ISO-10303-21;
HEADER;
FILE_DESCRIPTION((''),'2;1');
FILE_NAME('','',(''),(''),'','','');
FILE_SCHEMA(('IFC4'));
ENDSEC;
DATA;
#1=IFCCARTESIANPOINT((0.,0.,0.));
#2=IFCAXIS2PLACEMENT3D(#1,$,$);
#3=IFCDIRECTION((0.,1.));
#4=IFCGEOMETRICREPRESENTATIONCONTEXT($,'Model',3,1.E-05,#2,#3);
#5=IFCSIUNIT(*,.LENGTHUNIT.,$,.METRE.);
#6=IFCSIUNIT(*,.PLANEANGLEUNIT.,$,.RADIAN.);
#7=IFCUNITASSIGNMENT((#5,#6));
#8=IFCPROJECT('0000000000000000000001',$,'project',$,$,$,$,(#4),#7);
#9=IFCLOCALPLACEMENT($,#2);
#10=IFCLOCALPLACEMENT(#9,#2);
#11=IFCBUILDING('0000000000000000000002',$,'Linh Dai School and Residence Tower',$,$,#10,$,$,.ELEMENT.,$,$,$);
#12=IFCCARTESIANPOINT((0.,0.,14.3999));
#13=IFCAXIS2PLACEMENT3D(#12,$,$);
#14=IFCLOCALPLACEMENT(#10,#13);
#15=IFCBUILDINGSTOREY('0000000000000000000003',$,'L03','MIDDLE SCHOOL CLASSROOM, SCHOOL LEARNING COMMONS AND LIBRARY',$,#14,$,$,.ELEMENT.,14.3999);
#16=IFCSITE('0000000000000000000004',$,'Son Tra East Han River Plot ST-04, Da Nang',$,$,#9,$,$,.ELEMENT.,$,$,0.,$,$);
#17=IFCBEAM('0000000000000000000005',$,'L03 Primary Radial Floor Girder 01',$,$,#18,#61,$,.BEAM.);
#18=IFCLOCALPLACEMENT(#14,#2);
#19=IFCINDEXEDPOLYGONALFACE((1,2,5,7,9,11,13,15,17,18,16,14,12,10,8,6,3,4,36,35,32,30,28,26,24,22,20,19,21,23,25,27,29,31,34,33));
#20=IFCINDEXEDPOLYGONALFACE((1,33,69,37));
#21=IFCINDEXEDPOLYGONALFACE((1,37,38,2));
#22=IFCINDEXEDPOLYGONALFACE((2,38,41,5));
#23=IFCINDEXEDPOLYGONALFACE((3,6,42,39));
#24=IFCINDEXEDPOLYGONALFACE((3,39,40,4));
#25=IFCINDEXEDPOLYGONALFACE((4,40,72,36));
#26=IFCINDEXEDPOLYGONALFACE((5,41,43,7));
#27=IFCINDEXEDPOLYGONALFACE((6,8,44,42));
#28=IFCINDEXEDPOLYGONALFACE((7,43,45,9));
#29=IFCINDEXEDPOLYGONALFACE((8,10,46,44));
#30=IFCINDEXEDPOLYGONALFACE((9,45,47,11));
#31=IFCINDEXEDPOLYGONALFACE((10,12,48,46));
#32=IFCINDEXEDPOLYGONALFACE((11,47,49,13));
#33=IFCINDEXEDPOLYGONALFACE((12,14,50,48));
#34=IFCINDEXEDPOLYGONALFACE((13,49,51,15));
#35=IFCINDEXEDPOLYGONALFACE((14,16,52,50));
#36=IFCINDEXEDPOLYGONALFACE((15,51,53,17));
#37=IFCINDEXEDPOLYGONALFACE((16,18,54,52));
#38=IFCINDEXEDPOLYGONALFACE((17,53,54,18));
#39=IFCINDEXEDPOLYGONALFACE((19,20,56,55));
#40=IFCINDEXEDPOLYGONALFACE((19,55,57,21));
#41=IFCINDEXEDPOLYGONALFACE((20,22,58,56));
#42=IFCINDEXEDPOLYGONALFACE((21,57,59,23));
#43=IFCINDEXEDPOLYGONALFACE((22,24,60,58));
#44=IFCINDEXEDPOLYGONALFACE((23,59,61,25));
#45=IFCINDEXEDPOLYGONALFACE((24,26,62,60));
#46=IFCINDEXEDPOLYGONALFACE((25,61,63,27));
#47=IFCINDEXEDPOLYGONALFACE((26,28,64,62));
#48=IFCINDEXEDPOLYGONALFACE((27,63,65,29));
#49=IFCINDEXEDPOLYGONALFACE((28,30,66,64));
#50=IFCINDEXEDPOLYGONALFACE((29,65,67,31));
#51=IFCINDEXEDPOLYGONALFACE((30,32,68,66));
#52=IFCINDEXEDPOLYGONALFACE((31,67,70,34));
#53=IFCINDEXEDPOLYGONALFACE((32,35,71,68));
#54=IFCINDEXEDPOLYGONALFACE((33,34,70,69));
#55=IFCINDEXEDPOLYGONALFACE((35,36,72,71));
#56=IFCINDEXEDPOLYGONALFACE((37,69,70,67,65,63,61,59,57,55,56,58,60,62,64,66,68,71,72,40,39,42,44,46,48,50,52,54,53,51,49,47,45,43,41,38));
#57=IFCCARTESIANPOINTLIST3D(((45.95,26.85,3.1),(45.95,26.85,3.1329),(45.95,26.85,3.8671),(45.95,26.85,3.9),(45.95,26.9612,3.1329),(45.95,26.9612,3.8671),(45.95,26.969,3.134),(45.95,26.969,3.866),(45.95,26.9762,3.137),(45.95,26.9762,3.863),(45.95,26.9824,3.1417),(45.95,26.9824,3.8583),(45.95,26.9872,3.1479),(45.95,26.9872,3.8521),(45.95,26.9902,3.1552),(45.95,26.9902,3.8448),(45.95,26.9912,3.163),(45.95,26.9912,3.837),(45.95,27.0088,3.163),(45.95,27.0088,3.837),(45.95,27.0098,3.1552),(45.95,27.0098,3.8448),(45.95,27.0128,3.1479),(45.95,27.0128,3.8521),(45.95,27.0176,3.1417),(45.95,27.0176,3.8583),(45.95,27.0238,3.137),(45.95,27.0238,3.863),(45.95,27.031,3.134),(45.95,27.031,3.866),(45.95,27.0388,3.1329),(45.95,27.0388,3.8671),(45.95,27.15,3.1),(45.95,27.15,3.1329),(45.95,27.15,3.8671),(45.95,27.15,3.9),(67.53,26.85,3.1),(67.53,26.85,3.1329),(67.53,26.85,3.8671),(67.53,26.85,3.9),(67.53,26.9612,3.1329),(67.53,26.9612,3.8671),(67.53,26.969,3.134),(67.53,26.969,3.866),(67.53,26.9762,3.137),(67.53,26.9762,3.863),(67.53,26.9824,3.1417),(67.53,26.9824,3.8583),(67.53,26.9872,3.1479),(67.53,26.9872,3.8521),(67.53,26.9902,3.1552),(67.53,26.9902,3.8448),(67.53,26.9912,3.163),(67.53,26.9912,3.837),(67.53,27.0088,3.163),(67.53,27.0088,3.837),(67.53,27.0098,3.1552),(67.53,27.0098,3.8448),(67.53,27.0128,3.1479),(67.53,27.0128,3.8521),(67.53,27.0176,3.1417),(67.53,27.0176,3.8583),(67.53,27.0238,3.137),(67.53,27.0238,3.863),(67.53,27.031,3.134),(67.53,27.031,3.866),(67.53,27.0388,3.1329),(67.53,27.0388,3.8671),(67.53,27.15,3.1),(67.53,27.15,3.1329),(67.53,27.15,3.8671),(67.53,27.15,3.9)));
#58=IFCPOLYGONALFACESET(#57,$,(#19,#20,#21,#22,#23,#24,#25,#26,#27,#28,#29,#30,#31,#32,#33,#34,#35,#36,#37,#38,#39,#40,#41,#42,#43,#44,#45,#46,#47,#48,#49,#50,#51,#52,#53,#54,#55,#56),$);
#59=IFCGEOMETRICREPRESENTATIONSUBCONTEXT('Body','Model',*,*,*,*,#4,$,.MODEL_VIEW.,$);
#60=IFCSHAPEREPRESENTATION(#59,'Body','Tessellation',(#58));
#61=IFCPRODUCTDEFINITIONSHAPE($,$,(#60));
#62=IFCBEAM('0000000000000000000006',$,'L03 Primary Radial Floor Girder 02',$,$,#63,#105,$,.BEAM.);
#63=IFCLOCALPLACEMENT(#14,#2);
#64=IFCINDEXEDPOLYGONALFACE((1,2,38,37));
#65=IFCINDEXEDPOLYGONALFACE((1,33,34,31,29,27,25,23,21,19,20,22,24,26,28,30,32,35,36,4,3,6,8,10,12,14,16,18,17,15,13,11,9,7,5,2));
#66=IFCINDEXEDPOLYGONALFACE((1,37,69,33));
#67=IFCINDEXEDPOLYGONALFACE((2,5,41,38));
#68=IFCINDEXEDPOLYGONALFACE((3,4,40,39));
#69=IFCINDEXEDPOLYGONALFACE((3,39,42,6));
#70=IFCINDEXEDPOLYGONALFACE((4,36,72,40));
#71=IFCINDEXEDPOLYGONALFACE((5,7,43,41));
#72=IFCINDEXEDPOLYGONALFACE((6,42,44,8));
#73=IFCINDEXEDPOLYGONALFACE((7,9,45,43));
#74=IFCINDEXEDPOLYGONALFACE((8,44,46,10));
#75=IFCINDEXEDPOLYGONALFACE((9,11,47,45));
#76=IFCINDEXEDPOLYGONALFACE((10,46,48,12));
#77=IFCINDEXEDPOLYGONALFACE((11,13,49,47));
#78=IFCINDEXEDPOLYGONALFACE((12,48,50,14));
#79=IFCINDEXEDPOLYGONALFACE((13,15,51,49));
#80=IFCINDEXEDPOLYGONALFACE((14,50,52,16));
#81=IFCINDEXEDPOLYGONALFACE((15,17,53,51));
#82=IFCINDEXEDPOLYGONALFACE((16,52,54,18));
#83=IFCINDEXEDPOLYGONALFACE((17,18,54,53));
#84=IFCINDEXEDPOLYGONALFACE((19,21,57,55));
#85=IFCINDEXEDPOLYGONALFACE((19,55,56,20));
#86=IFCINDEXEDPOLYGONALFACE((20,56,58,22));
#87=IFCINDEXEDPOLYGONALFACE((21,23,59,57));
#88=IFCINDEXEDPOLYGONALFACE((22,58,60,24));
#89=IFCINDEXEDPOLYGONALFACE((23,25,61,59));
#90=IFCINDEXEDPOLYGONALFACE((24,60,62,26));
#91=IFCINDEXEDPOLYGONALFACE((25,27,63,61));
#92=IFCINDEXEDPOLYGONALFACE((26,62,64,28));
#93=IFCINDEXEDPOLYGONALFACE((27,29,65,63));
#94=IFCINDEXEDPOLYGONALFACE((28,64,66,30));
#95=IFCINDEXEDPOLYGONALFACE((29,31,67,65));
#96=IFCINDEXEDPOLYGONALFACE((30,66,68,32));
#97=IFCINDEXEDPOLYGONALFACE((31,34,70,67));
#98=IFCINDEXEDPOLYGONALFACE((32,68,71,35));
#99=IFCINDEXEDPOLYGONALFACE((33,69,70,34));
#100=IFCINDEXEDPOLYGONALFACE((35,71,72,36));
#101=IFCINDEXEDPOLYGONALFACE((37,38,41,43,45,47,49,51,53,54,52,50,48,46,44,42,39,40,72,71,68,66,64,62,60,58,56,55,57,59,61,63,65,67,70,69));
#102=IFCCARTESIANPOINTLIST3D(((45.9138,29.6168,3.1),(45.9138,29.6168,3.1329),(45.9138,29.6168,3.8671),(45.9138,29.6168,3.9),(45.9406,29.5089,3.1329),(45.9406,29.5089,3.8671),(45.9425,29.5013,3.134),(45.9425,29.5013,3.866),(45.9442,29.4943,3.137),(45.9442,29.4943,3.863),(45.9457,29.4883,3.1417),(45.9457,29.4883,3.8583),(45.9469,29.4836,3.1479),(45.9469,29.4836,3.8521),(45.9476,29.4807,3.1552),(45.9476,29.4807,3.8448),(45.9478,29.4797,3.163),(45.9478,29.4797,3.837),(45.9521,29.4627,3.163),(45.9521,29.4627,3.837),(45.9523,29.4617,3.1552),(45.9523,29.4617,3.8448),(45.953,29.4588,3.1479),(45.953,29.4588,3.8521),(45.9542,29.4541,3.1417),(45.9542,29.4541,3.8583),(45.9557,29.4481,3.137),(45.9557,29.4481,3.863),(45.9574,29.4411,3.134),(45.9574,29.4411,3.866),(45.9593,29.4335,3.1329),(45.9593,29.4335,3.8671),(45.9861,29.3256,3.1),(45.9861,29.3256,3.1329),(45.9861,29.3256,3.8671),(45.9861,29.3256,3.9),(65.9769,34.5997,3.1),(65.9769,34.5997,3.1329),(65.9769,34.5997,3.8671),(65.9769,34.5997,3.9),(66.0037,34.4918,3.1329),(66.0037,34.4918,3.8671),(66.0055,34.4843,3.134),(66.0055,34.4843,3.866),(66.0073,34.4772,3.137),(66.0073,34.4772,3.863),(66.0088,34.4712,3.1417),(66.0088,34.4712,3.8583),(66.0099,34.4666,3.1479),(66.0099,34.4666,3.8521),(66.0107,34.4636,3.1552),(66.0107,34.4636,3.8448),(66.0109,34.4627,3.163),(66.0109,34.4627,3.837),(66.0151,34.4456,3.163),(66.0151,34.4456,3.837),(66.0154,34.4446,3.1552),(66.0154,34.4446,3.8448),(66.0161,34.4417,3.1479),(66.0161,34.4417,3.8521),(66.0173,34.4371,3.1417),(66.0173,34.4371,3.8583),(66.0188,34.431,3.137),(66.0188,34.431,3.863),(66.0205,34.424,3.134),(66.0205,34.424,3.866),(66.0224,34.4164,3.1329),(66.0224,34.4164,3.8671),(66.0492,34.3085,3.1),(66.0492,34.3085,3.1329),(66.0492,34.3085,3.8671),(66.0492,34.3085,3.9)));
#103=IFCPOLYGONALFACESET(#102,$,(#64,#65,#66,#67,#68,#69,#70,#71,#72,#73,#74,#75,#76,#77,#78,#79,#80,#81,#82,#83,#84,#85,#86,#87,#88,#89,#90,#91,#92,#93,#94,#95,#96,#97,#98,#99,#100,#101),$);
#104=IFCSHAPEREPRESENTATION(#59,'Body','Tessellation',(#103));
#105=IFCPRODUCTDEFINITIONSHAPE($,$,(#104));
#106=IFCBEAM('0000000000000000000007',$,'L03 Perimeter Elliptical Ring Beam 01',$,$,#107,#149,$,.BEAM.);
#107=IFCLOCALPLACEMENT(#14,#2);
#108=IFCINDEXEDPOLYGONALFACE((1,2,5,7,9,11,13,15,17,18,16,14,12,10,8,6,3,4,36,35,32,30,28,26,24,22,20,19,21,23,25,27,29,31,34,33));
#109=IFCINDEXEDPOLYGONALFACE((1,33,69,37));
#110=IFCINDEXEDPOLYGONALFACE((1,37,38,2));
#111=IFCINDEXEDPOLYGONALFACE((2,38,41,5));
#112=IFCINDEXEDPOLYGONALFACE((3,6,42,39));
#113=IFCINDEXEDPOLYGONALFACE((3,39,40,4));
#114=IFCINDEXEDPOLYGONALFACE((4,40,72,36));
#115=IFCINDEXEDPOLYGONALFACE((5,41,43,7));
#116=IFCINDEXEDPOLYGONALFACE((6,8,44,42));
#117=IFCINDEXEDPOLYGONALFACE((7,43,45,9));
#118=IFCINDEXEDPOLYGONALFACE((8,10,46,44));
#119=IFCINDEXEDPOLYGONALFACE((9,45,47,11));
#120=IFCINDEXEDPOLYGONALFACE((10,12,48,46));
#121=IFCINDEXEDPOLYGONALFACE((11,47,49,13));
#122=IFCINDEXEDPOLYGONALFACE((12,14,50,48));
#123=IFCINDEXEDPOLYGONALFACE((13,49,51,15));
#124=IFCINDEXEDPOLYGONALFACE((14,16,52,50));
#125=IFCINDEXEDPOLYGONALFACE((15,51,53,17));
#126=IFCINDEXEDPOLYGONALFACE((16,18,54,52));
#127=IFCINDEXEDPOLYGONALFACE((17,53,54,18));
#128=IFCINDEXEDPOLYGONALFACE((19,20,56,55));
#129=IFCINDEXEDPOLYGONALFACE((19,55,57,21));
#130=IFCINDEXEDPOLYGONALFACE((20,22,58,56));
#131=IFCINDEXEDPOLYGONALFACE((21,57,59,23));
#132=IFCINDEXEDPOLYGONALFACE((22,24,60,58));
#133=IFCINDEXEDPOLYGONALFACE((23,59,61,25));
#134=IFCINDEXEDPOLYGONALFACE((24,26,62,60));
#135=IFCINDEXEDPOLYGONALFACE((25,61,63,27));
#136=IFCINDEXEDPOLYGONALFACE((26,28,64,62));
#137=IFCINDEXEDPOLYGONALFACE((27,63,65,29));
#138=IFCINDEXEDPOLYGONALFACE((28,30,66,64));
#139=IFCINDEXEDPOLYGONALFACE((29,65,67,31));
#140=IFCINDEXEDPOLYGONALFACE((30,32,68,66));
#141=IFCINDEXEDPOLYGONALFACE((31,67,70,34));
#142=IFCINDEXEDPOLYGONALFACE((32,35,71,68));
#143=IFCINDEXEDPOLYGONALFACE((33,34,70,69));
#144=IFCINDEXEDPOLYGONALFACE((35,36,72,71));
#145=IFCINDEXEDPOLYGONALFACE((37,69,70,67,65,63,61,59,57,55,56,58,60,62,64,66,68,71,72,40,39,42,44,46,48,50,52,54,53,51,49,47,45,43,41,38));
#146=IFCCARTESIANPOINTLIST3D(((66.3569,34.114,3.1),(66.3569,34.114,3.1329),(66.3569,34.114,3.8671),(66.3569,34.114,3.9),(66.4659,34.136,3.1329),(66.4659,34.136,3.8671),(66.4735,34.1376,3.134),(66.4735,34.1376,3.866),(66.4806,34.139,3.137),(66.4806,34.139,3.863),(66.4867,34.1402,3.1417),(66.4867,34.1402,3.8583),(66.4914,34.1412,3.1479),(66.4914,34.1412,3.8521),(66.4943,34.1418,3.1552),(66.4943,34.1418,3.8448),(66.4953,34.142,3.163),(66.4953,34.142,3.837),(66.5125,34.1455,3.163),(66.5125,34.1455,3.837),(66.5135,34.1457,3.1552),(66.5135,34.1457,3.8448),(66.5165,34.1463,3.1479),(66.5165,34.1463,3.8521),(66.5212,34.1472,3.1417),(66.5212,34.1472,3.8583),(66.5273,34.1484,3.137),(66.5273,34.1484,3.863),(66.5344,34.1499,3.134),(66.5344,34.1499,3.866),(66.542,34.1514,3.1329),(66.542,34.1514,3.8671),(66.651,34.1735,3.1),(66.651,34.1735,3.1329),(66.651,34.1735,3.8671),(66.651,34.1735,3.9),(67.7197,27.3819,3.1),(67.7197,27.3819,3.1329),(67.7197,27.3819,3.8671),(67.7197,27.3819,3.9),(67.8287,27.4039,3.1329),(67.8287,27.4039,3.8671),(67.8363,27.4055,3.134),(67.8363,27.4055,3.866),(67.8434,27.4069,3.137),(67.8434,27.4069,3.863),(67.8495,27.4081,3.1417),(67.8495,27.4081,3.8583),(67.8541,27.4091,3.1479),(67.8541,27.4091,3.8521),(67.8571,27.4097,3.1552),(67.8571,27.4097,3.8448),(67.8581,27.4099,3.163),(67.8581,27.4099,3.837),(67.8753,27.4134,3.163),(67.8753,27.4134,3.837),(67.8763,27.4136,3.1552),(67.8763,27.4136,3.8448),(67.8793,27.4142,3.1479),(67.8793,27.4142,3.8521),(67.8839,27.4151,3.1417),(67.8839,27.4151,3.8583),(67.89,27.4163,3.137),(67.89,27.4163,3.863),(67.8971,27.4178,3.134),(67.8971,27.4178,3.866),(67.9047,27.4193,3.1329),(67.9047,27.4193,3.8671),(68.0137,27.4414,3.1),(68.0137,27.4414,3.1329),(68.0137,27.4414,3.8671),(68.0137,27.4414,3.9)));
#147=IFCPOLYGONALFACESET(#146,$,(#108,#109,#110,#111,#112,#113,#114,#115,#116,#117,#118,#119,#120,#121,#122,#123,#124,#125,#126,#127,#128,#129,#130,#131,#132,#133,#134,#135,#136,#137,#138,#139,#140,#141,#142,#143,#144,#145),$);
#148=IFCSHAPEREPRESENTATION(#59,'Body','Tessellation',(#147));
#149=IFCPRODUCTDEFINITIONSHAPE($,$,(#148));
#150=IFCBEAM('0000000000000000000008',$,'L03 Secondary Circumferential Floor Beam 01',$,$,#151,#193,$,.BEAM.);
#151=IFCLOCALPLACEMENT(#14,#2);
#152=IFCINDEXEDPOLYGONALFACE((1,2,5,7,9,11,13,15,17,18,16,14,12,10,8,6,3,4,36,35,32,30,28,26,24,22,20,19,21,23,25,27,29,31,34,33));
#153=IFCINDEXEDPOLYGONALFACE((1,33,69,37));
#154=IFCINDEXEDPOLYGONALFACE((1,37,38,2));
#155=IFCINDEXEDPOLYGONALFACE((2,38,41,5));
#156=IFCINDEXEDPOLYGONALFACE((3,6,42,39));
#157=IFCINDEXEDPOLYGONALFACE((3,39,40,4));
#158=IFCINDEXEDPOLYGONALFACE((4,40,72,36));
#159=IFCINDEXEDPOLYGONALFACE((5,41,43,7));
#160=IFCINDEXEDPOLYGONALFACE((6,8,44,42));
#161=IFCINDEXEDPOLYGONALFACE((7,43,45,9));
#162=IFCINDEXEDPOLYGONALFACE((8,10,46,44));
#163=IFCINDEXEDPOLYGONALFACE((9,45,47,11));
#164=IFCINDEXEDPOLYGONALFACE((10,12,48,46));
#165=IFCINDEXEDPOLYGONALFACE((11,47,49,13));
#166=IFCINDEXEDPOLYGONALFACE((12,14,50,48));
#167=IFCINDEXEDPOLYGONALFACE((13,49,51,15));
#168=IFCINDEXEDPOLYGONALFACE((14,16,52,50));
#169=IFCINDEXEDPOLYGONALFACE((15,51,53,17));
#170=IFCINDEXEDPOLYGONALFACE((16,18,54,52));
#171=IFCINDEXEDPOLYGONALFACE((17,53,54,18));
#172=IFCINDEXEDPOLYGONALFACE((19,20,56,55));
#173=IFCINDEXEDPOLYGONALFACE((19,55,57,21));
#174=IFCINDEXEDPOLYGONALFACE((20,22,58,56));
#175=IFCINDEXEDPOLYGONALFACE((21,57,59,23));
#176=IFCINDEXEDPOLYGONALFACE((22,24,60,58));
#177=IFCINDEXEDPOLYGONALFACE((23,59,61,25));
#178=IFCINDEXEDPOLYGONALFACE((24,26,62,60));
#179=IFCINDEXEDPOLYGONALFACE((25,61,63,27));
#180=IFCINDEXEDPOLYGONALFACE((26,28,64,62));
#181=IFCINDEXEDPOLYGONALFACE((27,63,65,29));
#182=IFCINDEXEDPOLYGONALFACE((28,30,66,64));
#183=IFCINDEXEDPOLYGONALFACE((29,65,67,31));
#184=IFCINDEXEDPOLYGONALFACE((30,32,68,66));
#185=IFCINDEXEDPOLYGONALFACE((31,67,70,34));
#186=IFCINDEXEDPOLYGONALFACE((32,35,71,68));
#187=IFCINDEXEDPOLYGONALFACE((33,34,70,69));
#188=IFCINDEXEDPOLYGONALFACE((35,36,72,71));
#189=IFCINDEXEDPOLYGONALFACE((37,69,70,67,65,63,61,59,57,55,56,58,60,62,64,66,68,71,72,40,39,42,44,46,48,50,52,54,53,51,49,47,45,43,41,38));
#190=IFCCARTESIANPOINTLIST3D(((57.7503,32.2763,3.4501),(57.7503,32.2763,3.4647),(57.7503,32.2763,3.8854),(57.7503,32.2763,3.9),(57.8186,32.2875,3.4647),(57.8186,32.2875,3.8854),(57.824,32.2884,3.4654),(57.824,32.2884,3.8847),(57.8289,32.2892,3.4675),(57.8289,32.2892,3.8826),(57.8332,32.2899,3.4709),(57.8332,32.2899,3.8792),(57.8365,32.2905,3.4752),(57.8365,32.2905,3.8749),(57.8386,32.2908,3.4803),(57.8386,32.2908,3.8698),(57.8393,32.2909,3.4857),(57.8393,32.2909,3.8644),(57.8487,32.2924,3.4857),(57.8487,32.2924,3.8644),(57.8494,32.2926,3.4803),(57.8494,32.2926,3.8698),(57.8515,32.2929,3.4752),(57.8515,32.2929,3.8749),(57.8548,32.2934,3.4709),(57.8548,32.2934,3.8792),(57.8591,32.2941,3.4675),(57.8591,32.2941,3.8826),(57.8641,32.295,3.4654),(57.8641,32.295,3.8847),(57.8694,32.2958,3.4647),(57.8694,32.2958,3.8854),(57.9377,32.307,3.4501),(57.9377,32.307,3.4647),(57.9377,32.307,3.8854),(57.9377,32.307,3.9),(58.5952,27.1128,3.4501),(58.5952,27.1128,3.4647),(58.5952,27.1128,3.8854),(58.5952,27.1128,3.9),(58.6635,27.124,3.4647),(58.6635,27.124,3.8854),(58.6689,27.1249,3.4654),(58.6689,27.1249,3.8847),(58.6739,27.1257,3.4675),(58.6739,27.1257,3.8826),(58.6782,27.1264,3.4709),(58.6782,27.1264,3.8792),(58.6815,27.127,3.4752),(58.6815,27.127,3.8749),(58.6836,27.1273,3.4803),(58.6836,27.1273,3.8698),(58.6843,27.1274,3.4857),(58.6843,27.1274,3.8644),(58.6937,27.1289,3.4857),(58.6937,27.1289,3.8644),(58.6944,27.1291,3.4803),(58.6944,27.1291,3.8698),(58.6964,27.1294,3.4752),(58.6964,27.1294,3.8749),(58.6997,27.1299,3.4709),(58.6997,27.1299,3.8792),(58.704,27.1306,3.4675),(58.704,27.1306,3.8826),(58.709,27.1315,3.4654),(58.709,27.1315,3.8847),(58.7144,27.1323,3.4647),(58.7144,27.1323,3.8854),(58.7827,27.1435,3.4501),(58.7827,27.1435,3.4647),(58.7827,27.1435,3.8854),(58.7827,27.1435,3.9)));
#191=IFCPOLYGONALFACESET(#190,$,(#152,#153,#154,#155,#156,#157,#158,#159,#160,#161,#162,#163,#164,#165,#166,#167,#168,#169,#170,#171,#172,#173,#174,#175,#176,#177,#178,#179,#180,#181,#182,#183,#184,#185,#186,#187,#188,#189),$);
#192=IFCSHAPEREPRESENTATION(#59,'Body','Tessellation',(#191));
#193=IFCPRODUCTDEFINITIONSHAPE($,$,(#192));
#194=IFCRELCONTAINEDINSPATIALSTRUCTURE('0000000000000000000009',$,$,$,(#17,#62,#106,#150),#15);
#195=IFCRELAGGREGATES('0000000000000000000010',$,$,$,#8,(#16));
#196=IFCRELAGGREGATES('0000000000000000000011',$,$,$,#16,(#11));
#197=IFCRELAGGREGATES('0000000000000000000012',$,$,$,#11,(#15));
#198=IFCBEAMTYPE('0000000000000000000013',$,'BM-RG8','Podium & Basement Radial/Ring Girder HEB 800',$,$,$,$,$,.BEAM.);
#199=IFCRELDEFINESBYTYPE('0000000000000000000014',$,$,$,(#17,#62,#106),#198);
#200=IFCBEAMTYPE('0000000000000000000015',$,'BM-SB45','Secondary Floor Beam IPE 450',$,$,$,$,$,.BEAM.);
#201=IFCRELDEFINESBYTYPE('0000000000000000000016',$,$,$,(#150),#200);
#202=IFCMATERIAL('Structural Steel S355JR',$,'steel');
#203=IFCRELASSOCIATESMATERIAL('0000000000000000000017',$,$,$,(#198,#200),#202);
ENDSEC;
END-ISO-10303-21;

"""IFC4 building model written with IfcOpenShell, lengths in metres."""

from ifc_helpers import new_model, si_unit, direction, frame, origin, origin_2d, place, context, subcontext, project, spatial, i_section, extrude, material, material_profile, profile_set, type_object, element, save


model = new_model("IFC4")

# Units and contexts
model_context = context("Model", 3, precision=1e-05, world=origin(), true_north=direction((0.0, 1.0)))
body_context = subcontext(model_context, "Body", "Model", "MODEL_VIEW")
ifc_project = project(units=[si_unit("LENGTHUNIT", "METRE"), si_unit("PLANEANGLEUNIT", "RADIAN")], contexts=[model_context])

# Site, building, storey
site_placement = place(None, origin())
site = spatial("IfcSite", under=ifc_project, at=site_placement, Name="Son Tra East Han River Plot ST-04, Da Nang", CompositionType="ELEMENT", RefElevation=0.0)
building_placement = place(site_placement, origin())
building = spatial("IfcBuilding", under=site, at=building_placement, Name="Linh Dai School and Residence Tower", CompositionType="ELEMENT")
storey_placement = place(building_placement, frame((0.0, 0.0, 14.3999)))
storey = spatial("IfcBuildingStorey", under=building, at=storey_placement, Name="L03", Description="MIDDLE SCHOOL CLASSROOM, SCHOOL LEARNING COMMONS AND LIBRARY", CompositionType="ELEMENT", Elevation=14.3999)

# Shared definitions
ifc_material_1 = material(Name="Structural Steel S355JR", Category="steel")

# Beams
ifc_material_profile_1 = material_profile(ifc_material_1, i_section(OverallWidth=0.3, OverallDepth=0.8, WebThickness=0.0176, FlangeThickness=0.033, FilletRadius=0.03, at=origin_2d()), Name="HEB 800")
ifc_profile_set_1 = profile_set([ifc_material_profile_1], Name="Structural Steel S355JR")
beam_type_1 = type_object("IfcBeamType", Name="BM-RG8", Description="Podium & Basement Radial/Ring Girder HEB 800", PredefinedType="BEAM", material=ifc_profile_set_1)
beam_1_placement = place(storey_placement, frame((45.95, 27.0, 3.5), z_axis=(1.0, 0.0, 0.0), x_axis=(0.0, 1.0, 0.0)))
element("IfcBeam", 1, at=beam_1_placement, inside=storey, type_object=beam_type_1, Name="L03 Primary Radial Floor Girder 01", PredefinedType="BEAM", context=body_context, shape_type="SweptSolid", body=[
    extrude(i_section(OverallWidth=0.3, OverallDepth=0.8, WebThickness=0.0176, FlangeThickness=0.033, FilletRadius=0.03, at=origin_2d()), origin(), (0.0, 0.0, 1.0), 21.5801),
])
beam_2_placement = place(storey_placement, frame((45.95, 29.4712, 3.5), z_axis=(0.970515, 0.24104, 0.0), x_axis=(-0.24104, 0.970515, 0.0)))
element("IfcBeam", 2, at=beam_2_placement, inside=storey, type_object=beam_type_1, Name="L03 Primary Radial Floor Girder 02", PredefinedType="BEAM", context=body_context, shape_type="SweptSolid", body=[
    extrude(i_section(OverallWidth=0.3, OverallDepth=0.8, WebThickness=0.0176, FlangeThickness=0.033, FilletRadius=0.03, at=origin_2d()), origin(), (0.0, 0.0, 1.0), 20.6726),
])
beam_3_placement = place(storey_placement, frame((67.8667, 27.4116, 3.5), z_axis=(-0.198405, 0.98012, 0.0), x_axis=(-0.98012, -0.198405, 0.0)))
element("IfcBeam", 3, at=beam_3_placement, inside=storey, type_object=beam_type_1, Name="L03 Perimeter Elliptical Ring Beam 01", PredefinedType="BEAM", context=body_context, shape_type="SweptSolid", body=[
    extrude(i_section(OverallWidth=0.3, OverallDepth=0.8, WebThickness=0.0176, FlangeThickness=0.033, FilletRadius=0.03, at=origin_2d()), origin(), (0.0, 0.0, 1.0), 6.8687),
])
ifc_material_profile_2 = material_profile(ifc_material_1, i_section(OverallWidth=0.1899, OverallDepth=0.45, WebThickness=0.0095, FlangeThickness=0.0146, FilletRadius=0.021, at=origin_2d()), Name="IPE 450")
ifc_profile_set_2 = profile_set([ifc_material_profile_2], Name="Structural Steel S355JR")
beam_type_2 = type_object("IfcBeamType", Name="BM-SB45", Description="Secondary Floor Beam IPE 450", PredefinedType="BEAM", material=ifc_profile_set_2)
beam_4_placement = place(storey_placement, frame((58.689, 27.1282, 3.675), z_axis=(-0.161493, 0.986874, 0.0), x_axis=(-0.986874, -0.161493, 0.0)))
element("IfcBeam", 4, at=beam_4_placement, inside=storey, type_object=beam_type_2, Name="L03 Secondary Circumferential Floor Beam 01", PredefinedType="BEAM", context=body_context, shape_type="SweptSolid", body=[
    extrude(i_section(OverallWidth=0.1899, OverallDepth=0.45, WebThickness=0.0095, FlangeThickness=0.0146, FilletRadius=0.021, at=origin_2d()), origin(), (0.0, 0.0, 1.0), 5.2322),
])

save(model, "model.ifc")
